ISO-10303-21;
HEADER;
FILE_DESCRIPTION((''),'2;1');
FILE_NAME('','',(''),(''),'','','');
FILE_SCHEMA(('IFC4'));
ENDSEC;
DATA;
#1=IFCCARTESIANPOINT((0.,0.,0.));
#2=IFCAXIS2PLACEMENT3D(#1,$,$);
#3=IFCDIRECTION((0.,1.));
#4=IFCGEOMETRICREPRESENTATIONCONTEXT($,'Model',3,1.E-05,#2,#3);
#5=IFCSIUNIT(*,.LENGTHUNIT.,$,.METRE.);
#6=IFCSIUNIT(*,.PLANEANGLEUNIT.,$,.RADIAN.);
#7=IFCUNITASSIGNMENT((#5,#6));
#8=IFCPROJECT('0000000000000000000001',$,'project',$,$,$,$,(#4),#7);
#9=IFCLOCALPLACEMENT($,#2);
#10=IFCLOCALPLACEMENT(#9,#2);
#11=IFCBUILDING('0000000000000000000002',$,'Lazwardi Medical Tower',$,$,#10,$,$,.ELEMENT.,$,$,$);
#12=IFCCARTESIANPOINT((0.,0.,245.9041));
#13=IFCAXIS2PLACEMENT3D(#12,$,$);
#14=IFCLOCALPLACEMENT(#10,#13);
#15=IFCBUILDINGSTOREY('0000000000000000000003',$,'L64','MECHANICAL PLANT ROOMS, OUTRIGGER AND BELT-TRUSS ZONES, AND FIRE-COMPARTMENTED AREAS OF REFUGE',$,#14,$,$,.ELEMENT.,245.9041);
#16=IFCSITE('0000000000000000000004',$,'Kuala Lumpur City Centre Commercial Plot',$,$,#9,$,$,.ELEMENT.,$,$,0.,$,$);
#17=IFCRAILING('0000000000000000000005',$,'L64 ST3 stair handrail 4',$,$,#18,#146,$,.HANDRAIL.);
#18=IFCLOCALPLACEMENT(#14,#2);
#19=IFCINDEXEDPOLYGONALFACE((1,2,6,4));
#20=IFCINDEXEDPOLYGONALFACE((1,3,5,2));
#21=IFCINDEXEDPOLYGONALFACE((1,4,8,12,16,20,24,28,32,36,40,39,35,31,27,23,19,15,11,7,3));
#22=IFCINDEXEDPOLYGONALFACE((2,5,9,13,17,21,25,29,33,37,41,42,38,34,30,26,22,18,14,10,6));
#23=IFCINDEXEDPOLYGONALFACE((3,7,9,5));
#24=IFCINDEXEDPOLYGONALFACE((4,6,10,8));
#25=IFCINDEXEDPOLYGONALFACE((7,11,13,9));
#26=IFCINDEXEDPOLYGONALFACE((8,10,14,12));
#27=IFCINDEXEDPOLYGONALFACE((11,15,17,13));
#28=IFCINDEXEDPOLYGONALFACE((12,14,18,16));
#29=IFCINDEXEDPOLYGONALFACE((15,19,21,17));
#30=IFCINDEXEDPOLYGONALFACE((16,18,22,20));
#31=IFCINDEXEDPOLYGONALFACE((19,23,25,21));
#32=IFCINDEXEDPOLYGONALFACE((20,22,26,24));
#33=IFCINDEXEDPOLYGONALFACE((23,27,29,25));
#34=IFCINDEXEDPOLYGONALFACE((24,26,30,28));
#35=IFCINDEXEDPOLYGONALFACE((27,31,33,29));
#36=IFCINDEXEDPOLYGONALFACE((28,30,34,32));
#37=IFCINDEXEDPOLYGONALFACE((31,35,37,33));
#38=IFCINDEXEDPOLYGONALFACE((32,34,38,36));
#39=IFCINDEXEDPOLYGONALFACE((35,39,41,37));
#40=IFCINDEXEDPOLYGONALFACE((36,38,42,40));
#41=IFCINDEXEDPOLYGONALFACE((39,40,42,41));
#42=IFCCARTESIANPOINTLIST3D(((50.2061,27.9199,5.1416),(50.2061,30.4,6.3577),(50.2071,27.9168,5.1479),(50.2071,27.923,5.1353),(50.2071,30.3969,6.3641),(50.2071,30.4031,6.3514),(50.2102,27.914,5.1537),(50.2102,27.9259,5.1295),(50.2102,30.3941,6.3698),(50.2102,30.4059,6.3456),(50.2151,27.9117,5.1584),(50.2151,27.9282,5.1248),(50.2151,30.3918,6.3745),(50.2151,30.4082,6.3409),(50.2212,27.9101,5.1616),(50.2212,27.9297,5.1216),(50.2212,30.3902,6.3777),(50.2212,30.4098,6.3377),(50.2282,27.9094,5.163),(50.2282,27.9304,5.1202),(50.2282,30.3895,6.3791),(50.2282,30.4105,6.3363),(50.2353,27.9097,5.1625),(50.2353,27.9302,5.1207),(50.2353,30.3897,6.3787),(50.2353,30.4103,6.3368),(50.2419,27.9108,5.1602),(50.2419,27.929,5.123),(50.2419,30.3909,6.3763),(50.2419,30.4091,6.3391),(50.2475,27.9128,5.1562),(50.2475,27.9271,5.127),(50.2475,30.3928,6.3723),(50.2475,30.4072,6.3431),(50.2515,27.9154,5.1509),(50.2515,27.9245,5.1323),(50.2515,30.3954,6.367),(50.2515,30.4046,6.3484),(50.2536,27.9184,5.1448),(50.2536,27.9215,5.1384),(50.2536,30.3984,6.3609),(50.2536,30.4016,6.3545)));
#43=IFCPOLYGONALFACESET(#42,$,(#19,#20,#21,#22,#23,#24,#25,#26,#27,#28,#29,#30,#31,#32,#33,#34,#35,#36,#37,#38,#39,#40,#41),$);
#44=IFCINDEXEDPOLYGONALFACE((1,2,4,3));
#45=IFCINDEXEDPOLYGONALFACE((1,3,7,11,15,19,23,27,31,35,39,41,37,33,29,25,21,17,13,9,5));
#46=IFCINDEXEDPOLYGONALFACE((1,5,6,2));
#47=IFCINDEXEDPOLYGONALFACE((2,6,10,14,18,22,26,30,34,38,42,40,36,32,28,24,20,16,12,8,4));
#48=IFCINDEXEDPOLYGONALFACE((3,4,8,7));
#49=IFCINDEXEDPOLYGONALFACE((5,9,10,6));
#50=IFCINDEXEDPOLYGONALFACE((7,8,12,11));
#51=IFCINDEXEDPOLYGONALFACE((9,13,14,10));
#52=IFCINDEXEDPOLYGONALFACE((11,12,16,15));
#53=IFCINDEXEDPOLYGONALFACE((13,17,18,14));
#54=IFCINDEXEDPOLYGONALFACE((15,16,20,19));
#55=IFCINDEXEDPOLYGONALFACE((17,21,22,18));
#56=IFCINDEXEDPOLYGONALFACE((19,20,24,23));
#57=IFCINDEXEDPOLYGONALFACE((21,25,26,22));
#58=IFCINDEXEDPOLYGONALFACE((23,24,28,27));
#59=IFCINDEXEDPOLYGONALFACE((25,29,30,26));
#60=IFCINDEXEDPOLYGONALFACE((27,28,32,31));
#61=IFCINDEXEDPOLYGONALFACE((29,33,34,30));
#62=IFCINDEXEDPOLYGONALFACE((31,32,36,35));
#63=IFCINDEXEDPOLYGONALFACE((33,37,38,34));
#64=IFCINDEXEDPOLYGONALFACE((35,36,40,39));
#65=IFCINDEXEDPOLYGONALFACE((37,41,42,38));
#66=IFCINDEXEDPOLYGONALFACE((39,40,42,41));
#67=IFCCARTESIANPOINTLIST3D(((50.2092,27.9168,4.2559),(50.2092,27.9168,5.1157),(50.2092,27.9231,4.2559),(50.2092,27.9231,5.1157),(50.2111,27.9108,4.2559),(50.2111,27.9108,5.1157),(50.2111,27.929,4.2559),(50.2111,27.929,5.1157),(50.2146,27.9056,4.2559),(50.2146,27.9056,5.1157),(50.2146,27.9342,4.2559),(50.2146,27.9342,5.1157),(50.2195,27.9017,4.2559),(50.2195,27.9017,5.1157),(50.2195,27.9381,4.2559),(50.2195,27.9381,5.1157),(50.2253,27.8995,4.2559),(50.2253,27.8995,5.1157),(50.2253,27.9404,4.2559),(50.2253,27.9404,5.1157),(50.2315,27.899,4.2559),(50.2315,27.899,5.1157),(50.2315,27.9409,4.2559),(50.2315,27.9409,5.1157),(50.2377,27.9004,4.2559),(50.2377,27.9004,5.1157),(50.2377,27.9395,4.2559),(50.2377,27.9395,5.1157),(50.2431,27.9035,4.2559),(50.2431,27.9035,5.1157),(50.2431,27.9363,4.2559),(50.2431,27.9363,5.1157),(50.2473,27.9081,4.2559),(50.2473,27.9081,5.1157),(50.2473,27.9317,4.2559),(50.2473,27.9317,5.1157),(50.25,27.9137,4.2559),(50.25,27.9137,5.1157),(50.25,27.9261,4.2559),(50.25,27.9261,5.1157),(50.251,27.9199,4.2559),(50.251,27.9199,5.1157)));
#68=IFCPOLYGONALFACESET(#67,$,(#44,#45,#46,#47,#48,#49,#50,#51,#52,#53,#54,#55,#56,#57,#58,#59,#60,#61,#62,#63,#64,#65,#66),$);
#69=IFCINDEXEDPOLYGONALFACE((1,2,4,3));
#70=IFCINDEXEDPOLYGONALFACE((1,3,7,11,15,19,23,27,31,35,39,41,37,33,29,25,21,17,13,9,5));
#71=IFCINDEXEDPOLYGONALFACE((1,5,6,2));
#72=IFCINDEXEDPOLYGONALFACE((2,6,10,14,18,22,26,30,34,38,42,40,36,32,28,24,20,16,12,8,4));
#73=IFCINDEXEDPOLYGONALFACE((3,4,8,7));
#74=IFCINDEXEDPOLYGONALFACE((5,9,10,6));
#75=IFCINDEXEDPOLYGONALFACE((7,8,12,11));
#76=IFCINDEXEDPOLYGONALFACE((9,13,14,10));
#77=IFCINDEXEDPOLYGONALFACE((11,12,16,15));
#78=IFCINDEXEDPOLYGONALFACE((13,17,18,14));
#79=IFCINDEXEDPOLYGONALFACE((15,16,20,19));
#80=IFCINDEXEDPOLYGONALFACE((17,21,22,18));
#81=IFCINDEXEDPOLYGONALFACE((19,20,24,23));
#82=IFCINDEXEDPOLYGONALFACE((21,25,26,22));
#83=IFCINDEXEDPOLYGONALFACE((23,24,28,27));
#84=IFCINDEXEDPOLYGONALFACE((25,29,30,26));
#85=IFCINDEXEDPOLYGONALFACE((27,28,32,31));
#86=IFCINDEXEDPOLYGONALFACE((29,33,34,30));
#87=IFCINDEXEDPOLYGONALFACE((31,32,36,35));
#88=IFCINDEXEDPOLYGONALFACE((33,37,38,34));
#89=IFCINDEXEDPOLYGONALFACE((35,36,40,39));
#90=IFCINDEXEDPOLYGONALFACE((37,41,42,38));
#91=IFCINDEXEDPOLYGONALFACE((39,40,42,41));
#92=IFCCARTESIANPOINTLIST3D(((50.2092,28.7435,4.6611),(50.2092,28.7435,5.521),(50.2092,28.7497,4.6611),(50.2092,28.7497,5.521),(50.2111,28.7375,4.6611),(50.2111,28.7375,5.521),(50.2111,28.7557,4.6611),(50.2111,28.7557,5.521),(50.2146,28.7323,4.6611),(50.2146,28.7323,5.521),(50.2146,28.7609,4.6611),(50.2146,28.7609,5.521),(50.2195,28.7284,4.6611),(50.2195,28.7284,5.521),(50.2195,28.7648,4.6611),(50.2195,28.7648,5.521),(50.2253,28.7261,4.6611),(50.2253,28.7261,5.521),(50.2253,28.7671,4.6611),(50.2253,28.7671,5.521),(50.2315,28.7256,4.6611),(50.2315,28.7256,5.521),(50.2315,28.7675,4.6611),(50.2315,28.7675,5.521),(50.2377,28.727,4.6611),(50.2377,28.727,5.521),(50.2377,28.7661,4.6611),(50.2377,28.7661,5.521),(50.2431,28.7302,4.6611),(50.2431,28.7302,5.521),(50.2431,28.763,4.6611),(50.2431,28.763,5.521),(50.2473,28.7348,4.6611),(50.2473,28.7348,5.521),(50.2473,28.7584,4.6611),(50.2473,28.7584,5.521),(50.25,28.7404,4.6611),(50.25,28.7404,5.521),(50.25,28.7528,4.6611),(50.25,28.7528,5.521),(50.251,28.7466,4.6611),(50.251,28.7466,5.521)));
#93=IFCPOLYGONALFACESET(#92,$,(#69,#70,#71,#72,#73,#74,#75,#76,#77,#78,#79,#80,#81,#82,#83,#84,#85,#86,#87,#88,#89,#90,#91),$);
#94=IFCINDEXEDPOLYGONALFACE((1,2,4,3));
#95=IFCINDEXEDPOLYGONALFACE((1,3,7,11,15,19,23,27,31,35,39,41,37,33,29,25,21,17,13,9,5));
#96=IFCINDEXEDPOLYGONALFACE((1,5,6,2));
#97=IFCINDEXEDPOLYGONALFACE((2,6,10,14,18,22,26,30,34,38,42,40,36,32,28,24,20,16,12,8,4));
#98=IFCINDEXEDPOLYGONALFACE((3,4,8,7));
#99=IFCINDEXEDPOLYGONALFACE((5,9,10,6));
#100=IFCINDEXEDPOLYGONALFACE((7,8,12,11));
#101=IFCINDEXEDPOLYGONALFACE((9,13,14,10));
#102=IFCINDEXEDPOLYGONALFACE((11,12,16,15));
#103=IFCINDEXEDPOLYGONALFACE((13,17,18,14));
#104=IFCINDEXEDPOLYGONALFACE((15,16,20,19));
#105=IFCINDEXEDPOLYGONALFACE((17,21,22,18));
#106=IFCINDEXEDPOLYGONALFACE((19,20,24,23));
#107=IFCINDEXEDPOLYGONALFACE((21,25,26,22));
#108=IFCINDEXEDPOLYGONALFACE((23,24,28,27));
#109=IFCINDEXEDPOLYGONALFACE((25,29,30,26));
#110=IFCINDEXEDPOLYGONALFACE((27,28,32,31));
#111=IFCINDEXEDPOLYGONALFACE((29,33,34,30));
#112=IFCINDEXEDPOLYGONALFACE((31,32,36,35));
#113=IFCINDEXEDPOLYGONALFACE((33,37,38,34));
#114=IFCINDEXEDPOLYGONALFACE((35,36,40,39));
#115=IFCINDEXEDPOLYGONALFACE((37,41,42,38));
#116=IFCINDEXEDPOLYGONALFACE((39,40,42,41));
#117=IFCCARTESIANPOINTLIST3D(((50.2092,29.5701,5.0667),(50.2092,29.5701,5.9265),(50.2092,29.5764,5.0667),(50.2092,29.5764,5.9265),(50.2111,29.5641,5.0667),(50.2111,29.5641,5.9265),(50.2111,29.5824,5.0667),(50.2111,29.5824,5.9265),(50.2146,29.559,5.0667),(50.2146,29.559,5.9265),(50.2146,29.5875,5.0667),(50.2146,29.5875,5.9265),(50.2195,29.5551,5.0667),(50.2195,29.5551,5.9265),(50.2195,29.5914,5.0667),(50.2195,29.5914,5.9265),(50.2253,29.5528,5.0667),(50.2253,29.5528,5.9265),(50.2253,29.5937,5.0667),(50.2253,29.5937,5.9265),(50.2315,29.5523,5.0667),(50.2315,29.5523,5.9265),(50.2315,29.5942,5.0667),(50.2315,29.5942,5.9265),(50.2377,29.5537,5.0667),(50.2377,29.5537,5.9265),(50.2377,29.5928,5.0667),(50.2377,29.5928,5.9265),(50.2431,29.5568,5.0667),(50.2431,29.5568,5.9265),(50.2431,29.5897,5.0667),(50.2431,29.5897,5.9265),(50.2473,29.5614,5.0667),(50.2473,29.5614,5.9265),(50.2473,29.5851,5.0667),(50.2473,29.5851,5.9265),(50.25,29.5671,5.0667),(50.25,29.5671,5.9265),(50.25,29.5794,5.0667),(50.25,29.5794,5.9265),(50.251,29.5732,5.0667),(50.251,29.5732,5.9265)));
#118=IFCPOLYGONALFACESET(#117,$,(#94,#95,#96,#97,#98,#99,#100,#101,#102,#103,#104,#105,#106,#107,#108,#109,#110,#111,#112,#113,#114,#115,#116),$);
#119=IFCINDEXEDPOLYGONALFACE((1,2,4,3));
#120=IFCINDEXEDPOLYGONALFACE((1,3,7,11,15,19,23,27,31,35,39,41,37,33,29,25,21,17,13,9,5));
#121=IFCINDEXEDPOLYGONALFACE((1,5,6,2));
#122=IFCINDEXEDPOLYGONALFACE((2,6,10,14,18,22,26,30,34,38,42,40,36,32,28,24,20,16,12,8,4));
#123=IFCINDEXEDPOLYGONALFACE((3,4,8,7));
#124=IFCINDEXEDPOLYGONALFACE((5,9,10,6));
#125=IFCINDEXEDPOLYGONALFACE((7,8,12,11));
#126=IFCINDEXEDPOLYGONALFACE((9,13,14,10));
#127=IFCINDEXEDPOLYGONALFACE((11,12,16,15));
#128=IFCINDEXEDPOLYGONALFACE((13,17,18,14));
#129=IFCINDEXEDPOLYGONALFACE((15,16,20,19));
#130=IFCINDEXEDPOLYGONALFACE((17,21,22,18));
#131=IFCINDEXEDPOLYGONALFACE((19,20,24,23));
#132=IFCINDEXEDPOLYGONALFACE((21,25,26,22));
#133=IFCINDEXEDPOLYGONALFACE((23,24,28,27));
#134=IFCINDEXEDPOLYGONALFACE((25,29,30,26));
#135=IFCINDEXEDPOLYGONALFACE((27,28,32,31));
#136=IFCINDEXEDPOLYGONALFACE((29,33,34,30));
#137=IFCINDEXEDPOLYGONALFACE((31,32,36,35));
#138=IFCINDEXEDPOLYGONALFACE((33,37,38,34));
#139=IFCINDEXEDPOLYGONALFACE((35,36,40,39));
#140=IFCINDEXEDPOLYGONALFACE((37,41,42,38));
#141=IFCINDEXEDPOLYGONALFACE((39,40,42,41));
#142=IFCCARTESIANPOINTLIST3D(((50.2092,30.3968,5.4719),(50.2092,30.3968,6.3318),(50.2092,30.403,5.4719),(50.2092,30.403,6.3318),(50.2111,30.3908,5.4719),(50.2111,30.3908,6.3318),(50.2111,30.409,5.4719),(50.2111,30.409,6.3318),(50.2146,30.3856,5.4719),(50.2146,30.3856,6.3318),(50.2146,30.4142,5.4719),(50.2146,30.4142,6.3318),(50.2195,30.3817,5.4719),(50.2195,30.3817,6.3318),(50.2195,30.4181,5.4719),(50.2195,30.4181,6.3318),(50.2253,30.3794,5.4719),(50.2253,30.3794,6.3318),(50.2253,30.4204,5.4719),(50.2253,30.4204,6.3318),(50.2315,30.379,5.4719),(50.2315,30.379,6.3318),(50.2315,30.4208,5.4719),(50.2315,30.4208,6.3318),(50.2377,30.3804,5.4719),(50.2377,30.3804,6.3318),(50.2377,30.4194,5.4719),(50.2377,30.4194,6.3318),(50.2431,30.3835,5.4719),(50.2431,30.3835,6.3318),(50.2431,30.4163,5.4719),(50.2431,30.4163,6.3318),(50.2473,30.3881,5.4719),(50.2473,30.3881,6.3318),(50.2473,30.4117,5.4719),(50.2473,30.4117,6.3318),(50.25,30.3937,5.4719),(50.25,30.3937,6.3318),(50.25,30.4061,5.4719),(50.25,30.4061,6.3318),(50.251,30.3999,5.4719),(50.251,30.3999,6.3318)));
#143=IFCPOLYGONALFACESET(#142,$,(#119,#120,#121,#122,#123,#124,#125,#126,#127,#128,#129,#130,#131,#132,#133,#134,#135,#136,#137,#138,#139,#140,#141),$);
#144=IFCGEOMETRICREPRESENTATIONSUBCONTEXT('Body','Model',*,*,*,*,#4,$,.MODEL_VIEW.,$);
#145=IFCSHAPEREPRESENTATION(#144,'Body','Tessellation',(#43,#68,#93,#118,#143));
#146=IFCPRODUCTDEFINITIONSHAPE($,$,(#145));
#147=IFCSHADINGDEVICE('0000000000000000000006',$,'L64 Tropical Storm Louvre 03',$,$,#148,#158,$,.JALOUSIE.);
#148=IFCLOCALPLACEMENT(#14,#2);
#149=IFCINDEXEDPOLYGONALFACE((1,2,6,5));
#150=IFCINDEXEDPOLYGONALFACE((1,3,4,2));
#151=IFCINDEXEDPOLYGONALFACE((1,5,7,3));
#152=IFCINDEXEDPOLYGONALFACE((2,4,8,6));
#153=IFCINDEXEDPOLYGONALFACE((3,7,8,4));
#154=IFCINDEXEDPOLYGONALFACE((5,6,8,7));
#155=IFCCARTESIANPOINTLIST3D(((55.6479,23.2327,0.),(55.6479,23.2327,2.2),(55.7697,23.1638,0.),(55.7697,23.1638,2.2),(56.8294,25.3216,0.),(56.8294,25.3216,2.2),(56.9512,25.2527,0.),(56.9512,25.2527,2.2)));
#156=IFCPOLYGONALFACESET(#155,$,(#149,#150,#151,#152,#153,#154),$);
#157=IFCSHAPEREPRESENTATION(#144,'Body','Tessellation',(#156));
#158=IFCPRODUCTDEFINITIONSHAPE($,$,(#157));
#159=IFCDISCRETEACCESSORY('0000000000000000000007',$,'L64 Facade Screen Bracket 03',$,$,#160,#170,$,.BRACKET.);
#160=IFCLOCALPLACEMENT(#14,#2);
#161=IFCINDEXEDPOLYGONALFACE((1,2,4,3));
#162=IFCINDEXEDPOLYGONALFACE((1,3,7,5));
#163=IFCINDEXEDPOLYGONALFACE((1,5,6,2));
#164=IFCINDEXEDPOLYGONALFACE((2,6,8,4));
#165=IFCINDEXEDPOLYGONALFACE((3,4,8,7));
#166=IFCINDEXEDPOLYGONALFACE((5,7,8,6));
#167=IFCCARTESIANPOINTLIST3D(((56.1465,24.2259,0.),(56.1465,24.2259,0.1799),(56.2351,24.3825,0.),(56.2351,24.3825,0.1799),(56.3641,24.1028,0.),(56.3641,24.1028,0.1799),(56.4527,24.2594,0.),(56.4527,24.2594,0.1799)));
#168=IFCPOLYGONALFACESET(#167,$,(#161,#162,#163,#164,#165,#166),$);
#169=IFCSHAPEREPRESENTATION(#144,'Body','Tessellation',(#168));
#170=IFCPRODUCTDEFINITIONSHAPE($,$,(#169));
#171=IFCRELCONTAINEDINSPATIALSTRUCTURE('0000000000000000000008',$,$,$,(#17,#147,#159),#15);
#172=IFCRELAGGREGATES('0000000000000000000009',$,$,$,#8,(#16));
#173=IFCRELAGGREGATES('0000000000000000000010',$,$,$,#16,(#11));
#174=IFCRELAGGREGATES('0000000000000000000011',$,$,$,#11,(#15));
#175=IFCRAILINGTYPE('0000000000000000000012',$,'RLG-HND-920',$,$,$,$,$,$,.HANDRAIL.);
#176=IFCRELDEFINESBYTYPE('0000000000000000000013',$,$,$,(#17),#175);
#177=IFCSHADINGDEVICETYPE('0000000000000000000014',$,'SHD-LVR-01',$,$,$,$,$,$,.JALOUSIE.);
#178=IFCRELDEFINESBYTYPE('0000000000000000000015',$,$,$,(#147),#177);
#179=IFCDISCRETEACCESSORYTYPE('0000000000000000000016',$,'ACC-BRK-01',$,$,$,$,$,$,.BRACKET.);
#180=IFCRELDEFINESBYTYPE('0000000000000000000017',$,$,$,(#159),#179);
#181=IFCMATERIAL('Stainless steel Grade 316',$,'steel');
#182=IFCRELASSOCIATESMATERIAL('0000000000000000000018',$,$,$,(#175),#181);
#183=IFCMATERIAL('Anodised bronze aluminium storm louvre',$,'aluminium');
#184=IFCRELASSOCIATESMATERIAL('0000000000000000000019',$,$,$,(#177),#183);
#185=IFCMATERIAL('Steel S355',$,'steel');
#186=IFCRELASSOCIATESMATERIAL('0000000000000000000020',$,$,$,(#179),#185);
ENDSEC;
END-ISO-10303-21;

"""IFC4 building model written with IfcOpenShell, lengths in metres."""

from ifc_helpers import new_model, si_unit, direction, frame, origin, origin_2d, place, context, subcontext, project, spatial, rectangle, circle, extrude, material, type_object, element, save


model = new_model("IFC4")

# Units and contexts
model_context = context("Model", 3, precision=1e-05, world=origin(), true_north=direction((0.0, 1.0)))
body_context = subcontext(model_context, "Body", "Model", "MODEL_VIEW")
ifc_project = project(units=[si_unit("LENGTHUNIT", "METRE"), si_unit("PLANEANGLEUNIT", "RADIAN")], contexts=[model_context])

# Site, building, storey
site_placement = place(None, origin())
site = spatial("IfcSite", under=ifc_project, at=site_placement, Name="Kuala Lumpur City Centre Commercial Plot", CompositionType="ELEMENT", RefElevation=0.0)
building_placement = place(site_placement, origin())
building = spatial("IfcBuilding", under=site, at=building_placement, Name="Lazwardi Medical Tower", CompositionType="ELEMENT")
storey_placement = place(building_placement, frame((0.0, 0.0, 245.9041)))
storey = spatial("IfcBuildingStorey", under=building, at=storey_placement, Name="L64", Description="MECHANICAL PLANT ROOMS, OUTRIGGER AND BELT-TRUSS ZONES, AND FIRE-COMPARTMENTED AREAS OF REFUGE", CompositionType="ELEMENT", Elevation=245.9041)

# Shared definitions
ifc_material_1 = material(Name="Steel S355", Category="steel")

# Railing
ifc_material_2 = material(Name="Stainless steel Grade 316", Category="steel")
railing_type_1 = type_object("IfcRailingType", Name="RLG-HND-920", PredefinedType="HANDRAIL", material=ifc_material_2)
railing_1_placement = place(storey_placement, frame((50.23, 27.9199, 4.2559)))
element("IfcRailing", 1, at=railing_1_placement, inside=storey, type_object=railing_type_1, Name="L64 ST3 stair handrail 4", PredefinedType="HANDRAIL", context=body_context, shape_type="SweptSolid", body=[
    extrude(circle(Radius=0.0239, at=origin_2d()), frame((0.0, 0.0, 0.8857), z_axis=(0.0, 0.897865, 0.44027), x_axis=(-1.0, 0.0, 0.0)), (0.0, 0.0, 1.0), 2.7622),
    extrude(circle(Radius=0.021, at=origin_2d()), origin(), (0.0, 0.0, 1.0), 0.8599),
    extrude(circle(Radius=0.021, at=origin_2d()), frame((0.0, 0.8267, 0.4053)), (0.0, 0.0, 1.0), 0.8599),
    extrude(circle(Radius=0.021, at=origin_2d()), frame((0.0, 1.6533, 0.8108)), (0.0, 0.0, 1.0), 0.8599),
    extrude(circle(Radius=0.021, at=origin_2d()), frame((0.0, 2.48, 1.2161)), (0.0, 0.0, 1.0), 0.8599),
])

# Shading device
ifc_material_3 = material(Name="Anodised bronze aluminium storm louvre", Category="aluminium")
shading_device_type = type_object("IfcShadingDeviceType", Name="SHD-LVR-01", PredefinedType="JALOUSIE", material=ifc_material_3)
shading_device_placement = place(storey_placement, frame((56.2996, 24.2427, 0.0), z_axis=(0.0, 0.0, 1.0), x_axis=(0.492325, 0.870412, 0.0)))
element("IfcShadingDevice", 2, at=shading_device_placement, inside=storey, type_object=shading_device_type, Name="L64 Tropical Storm Louvre 03", PredefinedType="JALOUSIE", context=body_context, shape_type="SweptSolid", body=[
    extrude(rectangle(XDim=2.3999, YDim=0.1399, at=origin_2d()), origin(), (0.0, 0.0, 1.0), 2.2),
])

# Discrete accessory
discrete_accessory_type = type_object("IfcDiscreteAccessoryType", Name="ACC-BRK-01", PredefinedType="BRACKET", material=ifc_material_1)
discrete_accessory_placement = place(storey_placement, frame((56.2996, 24.2427, 0.0), z_axis=(0.0, 0.0, 1.0), x_axis=(0.492325, 0.870412, 0.0)))
element("IfcDiscreteAccessory", 3, at=discrete_accessory_placement, inside=storey, type_object=discrete_accessory_type, Name="L64 Facade Screen Bracket 03", PredefinedType="BRACKET", context=body_context, shape_type="SweptSolid", body=[
    extrude(rectangle(XDim=0.1799, YDim=0.25, at=origin_2d()), origin(), (0.0, 0.0, 1.0), 0.1799),
])

save(model, "model.ifc")
